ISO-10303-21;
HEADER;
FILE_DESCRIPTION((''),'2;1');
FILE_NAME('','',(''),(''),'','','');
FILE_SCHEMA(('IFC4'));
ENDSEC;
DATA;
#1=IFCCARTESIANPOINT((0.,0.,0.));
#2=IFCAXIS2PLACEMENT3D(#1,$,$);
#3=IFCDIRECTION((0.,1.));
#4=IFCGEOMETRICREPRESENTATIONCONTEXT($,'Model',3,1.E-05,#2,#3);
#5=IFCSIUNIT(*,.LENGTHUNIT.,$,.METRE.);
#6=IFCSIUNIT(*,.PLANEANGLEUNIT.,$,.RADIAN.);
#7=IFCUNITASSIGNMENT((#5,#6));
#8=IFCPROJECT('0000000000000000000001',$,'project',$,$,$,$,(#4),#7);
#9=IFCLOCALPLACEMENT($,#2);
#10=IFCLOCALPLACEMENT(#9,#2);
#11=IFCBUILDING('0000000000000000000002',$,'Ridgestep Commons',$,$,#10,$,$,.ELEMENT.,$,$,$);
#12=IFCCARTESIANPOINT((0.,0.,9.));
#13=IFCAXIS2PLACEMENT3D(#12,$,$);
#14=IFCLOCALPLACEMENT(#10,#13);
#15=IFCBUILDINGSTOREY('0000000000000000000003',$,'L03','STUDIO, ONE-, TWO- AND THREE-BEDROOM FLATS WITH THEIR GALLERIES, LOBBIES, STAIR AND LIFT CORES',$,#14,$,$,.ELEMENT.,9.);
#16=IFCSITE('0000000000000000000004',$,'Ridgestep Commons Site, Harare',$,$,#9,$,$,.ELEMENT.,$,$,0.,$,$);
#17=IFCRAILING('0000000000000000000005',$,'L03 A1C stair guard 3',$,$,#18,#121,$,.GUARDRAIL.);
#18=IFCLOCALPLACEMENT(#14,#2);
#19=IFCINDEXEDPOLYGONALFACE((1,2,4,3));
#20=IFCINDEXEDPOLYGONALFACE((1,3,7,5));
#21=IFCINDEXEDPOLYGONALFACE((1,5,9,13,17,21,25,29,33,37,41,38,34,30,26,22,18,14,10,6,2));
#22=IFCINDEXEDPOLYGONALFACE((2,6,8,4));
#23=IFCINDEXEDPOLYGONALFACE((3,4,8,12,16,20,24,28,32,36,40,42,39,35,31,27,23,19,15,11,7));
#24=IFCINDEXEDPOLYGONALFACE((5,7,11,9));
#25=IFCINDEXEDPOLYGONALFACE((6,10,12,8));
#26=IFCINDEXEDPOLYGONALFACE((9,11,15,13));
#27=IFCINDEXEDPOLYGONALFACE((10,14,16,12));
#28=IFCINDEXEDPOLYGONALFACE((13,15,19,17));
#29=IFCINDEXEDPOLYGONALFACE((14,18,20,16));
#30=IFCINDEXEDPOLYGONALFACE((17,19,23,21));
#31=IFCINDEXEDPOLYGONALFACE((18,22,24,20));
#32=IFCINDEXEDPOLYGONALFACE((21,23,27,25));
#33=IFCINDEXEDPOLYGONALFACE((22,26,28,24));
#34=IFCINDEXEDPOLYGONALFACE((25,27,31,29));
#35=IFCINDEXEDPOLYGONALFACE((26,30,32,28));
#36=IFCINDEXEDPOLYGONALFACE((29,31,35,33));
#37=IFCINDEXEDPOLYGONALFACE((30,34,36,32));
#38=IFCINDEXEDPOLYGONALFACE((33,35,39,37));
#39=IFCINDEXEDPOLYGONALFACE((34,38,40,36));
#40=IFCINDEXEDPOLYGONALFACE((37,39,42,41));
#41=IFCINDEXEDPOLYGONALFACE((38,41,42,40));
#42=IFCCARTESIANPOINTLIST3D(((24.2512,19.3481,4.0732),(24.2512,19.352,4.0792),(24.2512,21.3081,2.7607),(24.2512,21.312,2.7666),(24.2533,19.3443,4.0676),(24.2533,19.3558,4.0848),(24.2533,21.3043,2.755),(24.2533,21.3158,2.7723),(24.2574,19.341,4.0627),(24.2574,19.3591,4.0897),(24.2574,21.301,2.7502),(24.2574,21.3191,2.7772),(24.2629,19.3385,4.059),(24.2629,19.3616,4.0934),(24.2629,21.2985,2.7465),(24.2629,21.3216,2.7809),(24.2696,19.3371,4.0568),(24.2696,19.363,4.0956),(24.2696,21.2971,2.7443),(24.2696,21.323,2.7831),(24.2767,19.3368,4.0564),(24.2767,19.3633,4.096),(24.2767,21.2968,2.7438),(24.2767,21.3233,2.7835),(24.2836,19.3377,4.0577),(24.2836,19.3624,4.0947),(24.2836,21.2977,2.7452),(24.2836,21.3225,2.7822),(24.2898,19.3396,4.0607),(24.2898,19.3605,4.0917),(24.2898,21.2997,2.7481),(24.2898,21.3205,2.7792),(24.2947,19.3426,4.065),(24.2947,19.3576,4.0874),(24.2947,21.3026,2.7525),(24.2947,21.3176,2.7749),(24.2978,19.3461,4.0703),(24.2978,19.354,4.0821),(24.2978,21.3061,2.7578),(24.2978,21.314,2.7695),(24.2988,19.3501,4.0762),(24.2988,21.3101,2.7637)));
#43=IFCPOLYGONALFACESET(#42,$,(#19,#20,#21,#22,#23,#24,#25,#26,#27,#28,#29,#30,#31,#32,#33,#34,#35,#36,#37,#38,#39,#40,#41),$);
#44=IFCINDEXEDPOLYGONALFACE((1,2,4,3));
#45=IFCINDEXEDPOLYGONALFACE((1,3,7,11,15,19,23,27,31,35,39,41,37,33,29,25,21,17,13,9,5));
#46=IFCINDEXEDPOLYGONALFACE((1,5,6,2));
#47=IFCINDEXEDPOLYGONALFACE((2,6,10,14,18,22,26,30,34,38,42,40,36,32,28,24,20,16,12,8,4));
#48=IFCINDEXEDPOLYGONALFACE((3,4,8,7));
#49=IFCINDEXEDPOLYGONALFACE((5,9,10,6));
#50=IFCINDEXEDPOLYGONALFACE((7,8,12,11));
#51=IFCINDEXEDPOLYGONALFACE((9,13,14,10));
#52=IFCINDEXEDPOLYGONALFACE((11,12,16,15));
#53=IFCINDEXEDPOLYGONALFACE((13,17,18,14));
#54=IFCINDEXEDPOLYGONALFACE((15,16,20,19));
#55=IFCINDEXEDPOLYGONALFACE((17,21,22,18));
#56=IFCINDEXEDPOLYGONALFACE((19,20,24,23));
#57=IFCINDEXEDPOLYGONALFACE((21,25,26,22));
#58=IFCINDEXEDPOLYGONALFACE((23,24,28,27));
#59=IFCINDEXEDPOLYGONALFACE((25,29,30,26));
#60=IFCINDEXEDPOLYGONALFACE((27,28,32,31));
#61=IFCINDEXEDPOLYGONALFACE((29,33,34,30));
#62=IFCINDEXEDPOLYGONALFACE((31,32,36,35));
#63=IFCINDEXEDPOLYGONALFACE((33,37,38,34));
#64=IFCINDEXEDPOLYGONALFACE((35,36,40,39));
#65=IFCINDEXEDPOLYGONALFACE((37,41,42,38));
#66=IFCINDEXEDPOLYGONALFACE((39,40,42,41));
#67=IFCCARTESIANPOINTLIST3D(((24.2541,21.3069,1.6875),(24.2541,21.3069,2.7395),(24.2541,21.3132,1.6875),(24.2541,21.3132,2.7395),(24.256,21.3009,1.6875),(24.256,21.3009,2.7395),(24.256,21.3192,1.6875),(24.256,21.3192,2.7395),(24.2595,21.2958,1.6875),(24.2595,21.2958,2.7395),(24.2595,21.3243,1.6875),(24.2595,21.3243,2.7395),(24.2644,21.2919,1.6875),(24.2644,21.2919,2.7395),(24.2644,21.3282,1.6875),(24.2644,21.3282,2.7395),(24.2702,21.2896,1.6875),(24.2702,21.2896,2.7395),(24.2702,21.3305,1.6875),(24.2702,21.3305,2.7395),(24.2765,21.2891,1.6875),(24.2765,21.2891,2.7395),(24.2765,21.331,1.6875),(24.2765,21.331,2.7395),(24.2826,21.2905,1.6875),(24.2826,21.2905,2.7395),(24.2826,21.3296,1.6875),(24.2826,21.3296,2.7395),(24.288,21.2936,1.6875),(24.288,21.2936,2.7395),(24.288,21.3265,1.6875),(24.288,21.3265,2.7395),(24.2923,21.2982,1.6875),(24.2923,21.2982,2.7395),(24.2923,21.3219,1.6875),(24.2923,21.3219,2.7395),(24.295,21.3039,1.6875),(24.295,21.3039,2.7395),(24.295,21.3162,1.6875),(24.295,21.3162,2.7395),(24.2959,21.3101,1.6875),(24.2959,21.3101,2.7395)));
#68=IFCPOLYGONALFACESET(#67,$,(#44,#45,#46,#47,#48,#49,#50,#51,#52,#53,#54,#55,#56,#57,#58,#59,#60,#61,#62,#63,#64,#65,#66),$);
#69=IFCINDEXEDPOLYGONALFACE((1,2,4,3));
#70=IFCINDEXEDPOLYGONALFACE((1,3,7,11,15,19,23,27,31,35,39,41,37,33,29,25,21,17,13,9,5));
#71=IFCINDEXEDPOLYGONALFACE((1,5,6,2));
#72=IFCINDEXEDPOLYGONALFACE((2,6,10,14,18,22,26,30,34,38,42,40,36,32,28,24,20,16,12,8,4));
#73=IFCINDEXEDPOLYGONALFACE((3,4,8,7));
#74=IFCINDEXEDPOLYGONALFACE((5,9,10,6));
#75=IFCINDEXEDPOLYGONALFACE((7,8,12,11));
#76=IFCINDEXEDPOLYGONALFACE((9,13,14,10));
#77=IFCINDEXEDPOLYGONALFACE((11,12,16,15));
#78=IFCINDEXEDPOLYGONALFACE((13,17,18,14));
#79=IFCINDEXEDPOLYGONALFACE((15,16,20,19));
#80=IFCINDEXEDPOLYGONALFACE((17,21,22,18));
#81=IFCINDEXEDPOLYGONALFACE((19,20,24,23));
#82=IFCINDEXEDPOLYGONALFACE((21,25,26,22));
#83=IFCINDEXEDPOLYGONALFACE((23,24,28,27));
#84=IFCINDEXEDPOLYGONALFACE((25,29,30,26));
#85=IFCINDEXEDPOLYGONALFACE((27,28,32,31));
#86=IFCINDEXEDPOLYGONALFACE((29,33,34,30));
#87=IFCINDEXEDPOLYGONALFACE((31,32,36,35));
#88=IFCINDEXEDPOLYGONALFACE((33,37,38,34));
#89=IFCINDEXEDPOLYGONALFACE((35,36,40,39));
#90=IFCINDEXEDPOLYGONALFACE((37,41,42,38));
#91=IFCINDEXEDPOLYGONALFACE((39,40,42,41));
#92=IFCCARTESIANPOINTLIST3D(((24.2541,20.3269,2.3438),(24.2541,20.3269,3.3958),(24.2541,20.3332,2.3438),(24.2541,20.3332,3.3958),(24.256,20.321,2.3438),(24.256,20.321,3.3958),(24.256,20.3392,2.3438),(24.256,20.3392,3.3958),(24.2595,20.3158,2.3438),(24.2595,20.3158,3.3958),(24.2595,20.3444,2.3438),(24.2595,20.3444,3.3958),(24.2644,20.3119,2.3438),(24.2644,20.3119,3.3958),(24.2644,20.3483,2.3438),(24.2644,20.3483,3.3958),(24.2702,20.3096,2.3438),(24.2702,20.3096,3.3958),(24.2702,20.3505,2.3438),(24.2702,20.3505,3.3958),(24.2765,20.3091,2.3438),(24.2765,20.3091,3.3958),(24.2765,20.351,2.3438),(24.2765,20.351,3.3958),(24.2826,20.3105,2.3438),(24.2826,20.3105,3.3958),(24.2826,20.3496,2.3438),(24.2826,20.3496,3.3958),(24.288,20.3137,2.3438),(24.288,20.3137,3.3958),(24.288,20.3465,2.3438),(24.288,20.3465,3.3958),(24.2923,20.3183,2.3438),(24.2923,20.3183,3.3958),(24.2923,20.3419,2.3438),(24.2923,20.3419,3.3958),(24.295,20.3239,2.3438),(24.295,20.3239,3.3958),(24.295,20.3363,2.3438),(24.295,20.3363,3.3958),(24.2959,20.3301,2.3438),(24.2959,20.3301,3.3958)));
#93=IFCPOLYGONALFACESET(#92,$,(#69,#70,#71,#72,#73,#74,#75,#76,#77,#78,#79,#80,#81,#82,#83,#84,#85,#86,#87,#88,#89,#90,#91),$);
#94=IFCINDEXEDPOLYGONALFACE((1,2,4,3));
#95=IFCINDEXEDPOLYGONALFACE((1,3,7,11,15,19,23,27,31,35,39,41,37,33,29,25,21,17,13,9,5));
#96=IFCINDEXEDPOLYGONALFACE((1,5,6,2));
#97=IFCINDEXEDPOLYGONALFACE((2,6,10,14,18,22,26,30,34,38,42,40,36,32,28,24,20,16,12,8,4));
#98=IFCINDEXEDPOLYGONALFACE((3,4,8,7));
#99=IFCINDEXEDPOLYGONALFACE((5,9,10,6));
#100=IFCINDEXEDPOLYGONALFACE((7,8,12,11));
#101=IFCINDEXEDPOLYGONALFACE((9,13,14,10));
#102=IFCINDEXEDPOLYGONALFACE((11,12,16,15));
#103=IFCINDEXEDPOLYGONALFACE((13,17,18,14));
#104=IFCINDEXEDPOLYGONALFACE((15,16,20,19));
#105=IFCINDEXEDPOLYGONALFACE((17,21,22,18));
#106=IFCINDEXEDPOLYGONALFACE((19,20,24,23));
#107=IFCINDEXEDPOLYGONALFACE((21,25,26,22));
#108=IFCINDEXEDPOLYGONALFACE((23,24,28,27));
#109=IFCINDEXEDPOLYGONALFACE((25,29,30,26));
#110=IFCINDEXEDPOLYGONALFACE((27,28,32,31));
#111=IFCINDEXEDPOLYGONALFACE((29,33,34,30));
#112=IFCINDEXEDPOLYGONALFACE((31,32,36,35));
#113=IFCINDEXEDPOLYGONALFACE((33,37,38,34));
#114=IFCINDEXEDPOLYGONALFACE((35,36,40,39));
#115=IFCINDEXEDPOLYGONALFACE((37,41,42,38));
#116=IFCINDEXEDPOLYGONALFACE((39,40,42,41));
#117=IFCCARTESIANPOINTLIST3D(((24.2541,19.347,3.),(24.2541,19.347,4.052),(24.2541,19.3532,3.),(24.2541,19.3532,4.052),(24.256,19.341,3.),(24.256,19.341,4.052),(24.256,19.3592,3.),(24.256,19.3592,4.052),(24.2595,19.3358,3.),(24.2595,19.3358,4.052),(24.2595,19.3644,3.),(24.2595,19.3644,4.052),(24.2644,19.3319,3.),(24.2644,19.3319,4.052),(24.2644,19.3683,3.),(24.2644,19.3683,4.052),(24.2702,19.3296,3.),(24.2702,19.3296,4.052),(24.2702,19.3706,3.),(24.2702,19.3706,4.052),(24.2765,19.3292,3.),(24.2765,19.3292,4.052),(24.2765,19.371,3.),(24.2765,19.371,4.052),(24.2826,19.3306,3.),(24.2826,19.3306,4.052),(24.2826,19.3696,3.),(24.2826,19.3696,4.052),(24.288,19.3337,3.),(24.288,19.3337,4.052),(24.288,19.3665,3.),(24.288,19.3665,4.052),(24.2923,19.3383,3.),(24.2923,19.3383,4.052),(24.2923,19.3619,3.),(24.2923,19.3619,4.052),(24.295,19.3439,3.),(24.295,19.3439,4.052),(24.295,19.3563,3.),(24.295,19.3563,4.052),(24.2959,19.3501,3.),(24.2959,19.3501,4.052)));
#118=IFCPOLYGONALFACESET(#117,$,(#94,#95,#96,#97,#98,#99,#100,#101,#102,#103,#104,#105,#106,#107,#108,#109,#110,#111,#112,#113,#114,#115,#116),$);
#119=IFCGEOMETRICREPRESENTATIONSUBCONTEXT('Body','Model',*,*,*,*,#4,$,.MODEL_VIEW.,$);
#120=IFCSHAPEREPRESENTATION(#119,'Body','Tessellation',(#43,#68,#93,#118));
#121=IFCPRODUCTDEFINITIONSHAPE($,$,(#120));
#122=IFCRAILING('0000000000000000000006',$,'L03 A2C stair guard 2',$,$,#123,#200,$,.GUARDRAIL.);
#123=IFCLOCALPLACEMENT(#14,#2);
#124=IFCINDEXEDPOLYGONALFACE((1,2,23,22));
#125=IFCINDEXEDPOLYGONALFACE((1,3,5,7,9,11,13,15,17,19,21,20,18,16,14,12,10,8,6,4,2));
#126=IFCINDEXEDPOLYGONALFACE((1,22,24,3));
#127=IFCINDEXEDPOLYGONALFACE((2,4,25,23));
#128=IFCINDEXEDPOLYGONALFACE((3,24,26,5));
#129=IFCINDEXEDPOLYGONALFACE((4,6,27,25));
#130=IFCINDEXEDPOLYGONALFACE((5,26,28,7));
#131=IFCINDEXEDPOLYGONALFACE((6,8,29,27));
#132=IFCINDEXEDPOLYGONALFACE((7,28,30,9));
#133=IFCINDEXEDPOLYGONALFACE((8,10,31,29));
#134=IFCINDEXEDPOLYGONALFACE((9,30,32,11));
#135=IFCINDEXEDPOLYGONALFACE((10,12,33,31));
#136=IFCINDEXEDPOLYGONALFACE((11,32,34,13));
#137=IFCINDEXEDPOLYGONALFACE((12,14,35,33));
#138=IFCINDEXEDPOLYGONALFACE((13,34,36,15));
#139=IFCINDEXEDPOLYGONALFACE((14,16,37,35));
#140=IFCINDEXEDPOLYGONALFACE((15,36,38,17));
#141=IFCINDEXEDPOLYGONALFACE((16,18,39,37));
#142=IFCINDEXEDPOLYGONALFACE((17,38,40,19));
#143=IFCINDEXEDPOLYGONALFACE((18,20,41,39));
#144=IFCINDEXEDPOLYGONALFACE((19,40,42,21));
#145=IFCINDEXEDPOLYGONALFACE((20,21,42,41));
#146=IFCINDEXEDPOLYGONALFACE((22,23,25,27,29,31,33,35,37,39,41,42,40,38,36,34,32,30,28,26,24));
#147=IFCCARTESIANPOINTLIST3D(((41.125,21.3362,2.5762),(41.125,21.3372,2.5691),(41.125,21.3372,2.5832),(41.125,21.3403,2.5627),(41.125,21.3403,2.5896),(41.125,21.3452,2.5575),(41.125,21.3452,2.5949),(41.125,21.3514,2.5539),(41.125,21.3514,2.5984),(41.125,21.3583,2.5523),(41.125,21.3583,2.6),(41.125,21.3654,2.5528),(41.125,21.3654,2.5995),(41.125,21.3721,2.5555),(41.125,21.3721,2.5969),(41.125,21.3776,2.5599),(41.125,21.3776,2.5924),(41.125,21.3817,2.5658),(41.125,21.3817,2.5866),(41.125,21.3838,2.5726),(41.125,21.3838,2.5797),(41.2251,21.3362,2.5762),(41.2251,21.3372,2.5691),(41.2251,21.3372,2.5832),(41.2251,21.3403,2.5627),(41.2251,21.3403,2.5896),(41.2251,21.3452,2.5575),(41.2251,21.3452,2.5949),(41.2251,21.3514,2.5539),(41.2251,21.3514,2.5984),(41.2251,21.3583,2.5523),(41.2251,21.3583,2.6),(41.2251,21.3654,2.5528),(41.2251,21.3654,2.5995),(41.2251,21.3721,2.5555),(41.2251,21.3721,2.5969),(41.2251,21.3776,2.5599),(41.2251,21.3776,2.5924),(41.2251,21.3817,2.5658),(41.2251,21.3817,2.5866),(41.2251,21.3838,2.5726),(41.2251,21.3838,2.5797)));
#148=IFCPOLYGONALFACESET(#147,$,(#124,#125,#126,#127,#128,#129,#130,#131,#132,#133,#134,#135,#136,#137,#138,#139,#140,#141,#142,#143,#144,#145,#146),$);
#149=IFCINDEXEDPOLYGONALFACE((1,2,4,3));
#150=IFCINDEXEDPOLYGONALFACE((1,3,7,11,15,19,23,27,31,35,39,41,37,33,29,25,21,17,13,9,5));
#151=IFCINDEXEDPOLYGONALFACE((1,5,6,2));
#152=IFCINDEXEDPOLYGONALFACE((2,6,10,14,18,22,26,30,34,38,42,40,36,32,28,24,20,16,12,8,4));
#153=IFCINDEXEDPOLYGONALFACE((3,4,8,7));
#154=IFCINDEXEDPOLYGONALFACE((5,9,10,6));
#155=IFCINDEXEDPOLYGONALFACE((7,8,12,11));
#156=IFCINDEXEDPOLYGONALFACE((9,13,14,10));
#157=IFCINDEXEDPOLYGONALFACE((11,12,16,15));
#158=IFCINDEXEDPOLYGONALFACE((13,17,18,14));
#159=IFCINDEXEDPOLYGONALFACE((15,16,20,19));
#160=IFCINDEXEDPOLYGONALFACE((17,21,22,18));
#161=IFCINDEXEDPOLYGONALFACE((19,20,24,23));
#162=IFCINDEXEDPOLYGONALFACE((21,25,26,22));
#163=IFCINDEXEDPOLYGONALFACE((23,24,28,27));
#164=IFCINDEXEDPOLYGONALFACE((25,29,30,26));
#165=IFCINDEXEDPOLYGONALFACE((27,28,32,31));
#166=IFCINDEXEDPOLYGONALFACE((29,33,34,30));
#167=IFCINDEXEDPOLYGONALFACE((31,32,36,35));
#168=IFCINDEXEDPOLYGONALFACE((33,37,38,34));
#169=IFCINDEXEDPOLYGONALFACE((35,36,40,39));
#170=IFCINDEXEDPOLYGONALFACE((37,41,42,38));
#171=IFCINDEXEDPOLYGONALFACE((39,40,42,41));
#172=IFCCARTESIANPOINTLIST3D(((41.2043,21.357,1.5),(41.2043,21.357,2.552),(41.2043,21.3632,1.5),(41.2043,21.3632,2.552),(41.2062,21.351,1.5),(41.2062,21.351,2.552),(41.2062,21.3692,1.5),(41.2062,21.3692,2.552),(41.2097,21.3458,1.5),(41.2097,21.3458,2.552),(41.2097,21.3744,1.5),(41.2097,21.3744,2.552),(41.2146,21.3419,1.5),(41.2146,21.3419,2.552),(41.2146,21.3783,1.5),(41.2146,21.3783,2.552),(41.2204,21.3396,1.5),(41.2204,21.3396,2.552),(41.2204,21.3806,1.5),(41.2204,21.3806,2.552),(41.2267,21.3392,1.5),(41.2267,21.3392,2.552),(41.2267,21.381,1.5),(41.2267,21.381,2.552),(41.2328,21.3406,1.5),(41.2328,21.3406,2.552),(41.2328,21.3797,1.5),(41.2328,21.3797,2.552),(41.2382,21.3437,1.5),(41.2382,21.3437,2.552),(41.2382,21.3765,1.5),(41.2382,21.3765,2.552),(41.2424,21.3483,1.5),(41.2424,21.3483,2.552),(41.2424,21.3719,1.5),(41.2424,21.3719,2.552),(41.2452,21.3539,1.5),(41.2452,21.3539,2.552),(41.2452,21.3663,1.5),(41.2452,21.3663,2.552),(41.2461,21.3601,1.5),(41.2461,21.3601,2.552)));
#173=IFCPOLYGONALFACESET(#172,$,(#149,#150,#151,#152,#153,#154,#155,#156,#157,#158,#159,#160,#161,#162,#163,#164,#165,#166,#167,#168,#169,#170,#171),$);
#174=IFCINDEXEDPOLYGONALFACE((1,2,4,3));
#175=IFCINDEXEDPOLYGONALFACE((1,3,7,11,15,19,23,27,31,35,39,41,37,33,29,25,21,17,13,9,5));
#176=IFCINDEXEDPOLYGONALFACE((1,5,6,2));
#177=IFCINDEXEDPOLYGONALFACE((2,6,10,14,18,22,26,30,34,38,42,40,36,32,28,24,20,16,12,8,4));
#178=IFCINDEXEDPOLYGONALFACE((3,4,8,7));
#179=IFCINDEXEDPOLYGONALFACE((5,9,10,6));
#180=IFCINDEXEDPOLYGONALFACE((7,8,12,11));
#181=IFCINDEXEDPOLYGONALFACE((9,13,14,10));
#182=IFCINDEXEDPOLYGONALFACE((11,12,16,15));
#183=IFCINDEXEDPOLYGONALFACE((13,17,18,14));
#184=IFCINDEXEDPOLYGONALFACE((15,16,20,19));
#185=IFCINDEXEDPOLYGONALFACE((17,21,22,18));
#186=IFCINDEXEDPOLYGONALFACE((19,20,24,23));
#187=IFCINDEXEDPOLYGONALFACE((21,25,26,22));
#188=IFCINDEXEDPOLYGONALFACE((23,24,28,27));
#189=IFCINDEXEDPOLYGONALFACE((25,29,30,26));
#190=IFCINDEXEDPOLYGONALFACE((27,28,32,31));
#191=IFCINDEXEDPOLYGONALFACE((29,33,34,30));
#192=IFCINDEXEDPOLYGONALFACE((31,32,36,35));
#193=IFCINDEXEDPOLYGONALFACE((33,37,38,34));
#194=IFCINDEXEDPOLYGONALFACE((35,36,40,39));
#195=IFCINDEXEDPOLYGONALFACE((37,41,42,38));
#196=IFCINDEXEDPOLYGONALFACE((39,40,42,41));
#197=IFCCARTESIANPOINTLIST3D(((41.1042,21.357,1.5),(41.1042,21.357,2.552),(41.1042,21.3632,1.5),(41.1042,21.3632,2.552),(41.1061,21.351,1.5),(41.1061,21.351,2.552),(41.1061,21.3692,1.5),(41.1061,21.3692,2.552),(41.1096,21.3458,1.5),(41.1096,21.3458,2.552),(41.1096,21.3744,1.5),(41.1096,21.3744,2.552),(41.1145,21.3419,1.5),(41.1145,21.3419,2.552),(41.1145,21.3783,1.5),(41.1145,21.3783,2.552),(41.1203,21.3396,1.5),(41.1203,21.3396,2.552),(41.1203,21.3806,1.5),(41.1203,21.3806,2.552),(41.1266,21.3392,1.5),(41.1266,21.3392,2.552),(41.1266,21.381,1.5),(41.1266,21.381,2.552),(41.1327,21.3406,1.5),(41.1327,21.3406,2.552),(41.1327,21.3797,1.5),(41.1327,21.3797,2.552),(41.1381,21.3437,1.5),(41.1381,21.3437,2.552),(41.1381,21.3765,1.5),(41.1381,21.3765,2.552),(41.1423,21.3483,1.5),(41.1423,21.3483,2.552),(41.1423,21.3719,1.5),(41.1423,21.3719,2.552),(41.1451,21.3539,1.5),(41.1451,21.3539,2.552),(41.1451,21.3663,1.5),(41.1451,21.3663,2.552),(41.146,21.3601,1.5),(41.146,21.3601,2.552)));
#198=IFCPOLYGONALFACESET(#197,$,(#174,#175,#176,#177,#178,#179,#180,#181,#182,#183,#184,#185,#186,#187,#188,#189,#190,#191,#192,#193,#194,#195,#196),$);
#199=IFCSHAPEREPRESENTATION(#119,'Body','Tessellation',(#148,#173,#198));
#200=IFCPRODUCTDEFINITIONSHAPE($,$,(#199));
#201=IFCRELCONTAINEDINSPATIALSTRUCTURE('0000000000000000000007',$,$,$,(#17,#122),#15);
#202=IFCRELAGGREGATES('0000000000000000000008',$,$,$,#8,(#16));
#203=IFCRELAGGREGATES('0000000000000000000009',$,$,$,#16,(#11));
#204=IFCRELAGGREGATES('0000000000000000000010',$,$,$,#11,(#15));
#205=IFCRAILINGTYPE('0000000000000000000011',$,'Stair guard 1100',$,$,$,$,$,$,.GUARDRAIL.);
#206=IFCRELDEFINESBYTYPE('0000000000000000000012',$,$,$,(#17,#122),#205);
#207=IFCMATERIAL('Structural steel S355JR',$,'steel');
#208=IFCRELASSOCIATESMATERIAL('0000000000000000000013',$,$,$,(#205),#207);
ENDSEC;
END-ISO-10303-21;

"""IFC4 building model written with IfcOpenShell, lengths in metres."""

from ifc_helpers import new_model, si_unit, direction, frame, origin, origin_2d, place, context, subcontext, project, spatial, circle, extrude, material, type_object, element, save


model = new_model("IFC4")

# Units and contexts
model_context = context("Model", 3, precision=1e-05, world=origin(), true_north=direction((0.0, 1.0)))
body_context = subcontext(model_context, "Body", "Model", "MODEL_VIEW")
ifc_project = project(units=[si_unit("LENGTHUNIT", "METRE"), si_unit("PLANEANGLEUNIT", "RADIAN")], contexts=[model_context])

# Site, building, storey
site_placement = place(None, origin())
site = spatial("IfcSite", under=ifc_project, at=site_placement, Name="Ridgestep Commons Site, Harare", CompositionType="ELEMENT", RefElevation=0.0)
building_placement = place(site_placement, origin())
building = spatial("IfcBuilding", under=site, at=building_placement, Name="Ridgestep Commons", CompositionType="ELEMENT")
storey_placement = place(building_placement, frame((0.0, 0.0, 9.0)))
storey = spatial("IfcBuildingStorey", under=building, at=storey_placement, Name="L03", Description="STUDIO, ONE-, TWO- AND THREE-BEDROOM FLATS WITH THEIR GALLERIES, LOBBIES, STAIR AND LIFT CORES", CompositionType="ELEMENT", Elevation=9.0)

# Railings
ifc_material_1 = material(Name="Structural steel S355JR", Category="steel")
railing_type_1 = type_object("IfcRailingType", Name="Stair guard 1100", PredefinedType="GUARDRAIL", material=ifc_material_1)
railing_1_placement = place(storey_placement, frame((24.2749, 21.3101, 1.6875)))
element("IfcRailing", 1, at=railing_1_placement, inside=storey, type_object=railing_type_1, Name="L03 A1C stair guard 3", PredefinedType="GUARDRAIL", context=body_context, shape_type="SweptSolid", body=[
    extrude(circle(Radius=0.0239, at=origin_2d()), frame((0.0, 0.0, 1.0762), z_axis=(0.0, -0.830902, 0.556419), x_axis=(1.0, 0.0, 0.0)), (0.0, 0.0, 1.0), 2.3589),
    extrude(circle(Radius=0.021, at=origin_2d()), origin(), (0.0, 0.0, 1.0), 1.052),
    extrude(circle(Radius=0.021, at=origin_2d()), frame((0.0, -0.98, 0.6562)), (0.0, 0.0, 1.0), 1.052),
    extrude(circle(Radius=0.021, at=origin_2d()), frame((0.0, -1.96, 1.3125)), (0.0, 0.0, 1.0), 1.052),
])
railing_2_placement = place(storey_placement, frame((41.2251, 21.3601, 1.5)))
element("IfcRailing", 2, at=railing_2_placement, inside=storey, type_object=railing_type_1, Name="L03 A2C stair guard 2", PredefinedType="GUARDRAIL", context=body_context, shape_type="SweptSolid", body=[
    extrude(circle(Radius=0.0239, at=origin_2d()), frame((0.0, 0.0, 1.0762), z_axis=(-1.0, 0.0, 0.0), x_axis=(0.0, -1.0, 0.0)), (0.0, 0.0, 1.0), 0.1001),
    extrude(circle(Radius=0.021, at=origin_2d()), origin(), (0.0, 0.0, 1.0), 1.052),
    extrude(circle(Radius=0.021, at=origin_2d()), frame((-0.1001, 0.0, 0.0)), (0.0, 0.0, 1.0), 1.052),
])

save(model, "model.ifc")
